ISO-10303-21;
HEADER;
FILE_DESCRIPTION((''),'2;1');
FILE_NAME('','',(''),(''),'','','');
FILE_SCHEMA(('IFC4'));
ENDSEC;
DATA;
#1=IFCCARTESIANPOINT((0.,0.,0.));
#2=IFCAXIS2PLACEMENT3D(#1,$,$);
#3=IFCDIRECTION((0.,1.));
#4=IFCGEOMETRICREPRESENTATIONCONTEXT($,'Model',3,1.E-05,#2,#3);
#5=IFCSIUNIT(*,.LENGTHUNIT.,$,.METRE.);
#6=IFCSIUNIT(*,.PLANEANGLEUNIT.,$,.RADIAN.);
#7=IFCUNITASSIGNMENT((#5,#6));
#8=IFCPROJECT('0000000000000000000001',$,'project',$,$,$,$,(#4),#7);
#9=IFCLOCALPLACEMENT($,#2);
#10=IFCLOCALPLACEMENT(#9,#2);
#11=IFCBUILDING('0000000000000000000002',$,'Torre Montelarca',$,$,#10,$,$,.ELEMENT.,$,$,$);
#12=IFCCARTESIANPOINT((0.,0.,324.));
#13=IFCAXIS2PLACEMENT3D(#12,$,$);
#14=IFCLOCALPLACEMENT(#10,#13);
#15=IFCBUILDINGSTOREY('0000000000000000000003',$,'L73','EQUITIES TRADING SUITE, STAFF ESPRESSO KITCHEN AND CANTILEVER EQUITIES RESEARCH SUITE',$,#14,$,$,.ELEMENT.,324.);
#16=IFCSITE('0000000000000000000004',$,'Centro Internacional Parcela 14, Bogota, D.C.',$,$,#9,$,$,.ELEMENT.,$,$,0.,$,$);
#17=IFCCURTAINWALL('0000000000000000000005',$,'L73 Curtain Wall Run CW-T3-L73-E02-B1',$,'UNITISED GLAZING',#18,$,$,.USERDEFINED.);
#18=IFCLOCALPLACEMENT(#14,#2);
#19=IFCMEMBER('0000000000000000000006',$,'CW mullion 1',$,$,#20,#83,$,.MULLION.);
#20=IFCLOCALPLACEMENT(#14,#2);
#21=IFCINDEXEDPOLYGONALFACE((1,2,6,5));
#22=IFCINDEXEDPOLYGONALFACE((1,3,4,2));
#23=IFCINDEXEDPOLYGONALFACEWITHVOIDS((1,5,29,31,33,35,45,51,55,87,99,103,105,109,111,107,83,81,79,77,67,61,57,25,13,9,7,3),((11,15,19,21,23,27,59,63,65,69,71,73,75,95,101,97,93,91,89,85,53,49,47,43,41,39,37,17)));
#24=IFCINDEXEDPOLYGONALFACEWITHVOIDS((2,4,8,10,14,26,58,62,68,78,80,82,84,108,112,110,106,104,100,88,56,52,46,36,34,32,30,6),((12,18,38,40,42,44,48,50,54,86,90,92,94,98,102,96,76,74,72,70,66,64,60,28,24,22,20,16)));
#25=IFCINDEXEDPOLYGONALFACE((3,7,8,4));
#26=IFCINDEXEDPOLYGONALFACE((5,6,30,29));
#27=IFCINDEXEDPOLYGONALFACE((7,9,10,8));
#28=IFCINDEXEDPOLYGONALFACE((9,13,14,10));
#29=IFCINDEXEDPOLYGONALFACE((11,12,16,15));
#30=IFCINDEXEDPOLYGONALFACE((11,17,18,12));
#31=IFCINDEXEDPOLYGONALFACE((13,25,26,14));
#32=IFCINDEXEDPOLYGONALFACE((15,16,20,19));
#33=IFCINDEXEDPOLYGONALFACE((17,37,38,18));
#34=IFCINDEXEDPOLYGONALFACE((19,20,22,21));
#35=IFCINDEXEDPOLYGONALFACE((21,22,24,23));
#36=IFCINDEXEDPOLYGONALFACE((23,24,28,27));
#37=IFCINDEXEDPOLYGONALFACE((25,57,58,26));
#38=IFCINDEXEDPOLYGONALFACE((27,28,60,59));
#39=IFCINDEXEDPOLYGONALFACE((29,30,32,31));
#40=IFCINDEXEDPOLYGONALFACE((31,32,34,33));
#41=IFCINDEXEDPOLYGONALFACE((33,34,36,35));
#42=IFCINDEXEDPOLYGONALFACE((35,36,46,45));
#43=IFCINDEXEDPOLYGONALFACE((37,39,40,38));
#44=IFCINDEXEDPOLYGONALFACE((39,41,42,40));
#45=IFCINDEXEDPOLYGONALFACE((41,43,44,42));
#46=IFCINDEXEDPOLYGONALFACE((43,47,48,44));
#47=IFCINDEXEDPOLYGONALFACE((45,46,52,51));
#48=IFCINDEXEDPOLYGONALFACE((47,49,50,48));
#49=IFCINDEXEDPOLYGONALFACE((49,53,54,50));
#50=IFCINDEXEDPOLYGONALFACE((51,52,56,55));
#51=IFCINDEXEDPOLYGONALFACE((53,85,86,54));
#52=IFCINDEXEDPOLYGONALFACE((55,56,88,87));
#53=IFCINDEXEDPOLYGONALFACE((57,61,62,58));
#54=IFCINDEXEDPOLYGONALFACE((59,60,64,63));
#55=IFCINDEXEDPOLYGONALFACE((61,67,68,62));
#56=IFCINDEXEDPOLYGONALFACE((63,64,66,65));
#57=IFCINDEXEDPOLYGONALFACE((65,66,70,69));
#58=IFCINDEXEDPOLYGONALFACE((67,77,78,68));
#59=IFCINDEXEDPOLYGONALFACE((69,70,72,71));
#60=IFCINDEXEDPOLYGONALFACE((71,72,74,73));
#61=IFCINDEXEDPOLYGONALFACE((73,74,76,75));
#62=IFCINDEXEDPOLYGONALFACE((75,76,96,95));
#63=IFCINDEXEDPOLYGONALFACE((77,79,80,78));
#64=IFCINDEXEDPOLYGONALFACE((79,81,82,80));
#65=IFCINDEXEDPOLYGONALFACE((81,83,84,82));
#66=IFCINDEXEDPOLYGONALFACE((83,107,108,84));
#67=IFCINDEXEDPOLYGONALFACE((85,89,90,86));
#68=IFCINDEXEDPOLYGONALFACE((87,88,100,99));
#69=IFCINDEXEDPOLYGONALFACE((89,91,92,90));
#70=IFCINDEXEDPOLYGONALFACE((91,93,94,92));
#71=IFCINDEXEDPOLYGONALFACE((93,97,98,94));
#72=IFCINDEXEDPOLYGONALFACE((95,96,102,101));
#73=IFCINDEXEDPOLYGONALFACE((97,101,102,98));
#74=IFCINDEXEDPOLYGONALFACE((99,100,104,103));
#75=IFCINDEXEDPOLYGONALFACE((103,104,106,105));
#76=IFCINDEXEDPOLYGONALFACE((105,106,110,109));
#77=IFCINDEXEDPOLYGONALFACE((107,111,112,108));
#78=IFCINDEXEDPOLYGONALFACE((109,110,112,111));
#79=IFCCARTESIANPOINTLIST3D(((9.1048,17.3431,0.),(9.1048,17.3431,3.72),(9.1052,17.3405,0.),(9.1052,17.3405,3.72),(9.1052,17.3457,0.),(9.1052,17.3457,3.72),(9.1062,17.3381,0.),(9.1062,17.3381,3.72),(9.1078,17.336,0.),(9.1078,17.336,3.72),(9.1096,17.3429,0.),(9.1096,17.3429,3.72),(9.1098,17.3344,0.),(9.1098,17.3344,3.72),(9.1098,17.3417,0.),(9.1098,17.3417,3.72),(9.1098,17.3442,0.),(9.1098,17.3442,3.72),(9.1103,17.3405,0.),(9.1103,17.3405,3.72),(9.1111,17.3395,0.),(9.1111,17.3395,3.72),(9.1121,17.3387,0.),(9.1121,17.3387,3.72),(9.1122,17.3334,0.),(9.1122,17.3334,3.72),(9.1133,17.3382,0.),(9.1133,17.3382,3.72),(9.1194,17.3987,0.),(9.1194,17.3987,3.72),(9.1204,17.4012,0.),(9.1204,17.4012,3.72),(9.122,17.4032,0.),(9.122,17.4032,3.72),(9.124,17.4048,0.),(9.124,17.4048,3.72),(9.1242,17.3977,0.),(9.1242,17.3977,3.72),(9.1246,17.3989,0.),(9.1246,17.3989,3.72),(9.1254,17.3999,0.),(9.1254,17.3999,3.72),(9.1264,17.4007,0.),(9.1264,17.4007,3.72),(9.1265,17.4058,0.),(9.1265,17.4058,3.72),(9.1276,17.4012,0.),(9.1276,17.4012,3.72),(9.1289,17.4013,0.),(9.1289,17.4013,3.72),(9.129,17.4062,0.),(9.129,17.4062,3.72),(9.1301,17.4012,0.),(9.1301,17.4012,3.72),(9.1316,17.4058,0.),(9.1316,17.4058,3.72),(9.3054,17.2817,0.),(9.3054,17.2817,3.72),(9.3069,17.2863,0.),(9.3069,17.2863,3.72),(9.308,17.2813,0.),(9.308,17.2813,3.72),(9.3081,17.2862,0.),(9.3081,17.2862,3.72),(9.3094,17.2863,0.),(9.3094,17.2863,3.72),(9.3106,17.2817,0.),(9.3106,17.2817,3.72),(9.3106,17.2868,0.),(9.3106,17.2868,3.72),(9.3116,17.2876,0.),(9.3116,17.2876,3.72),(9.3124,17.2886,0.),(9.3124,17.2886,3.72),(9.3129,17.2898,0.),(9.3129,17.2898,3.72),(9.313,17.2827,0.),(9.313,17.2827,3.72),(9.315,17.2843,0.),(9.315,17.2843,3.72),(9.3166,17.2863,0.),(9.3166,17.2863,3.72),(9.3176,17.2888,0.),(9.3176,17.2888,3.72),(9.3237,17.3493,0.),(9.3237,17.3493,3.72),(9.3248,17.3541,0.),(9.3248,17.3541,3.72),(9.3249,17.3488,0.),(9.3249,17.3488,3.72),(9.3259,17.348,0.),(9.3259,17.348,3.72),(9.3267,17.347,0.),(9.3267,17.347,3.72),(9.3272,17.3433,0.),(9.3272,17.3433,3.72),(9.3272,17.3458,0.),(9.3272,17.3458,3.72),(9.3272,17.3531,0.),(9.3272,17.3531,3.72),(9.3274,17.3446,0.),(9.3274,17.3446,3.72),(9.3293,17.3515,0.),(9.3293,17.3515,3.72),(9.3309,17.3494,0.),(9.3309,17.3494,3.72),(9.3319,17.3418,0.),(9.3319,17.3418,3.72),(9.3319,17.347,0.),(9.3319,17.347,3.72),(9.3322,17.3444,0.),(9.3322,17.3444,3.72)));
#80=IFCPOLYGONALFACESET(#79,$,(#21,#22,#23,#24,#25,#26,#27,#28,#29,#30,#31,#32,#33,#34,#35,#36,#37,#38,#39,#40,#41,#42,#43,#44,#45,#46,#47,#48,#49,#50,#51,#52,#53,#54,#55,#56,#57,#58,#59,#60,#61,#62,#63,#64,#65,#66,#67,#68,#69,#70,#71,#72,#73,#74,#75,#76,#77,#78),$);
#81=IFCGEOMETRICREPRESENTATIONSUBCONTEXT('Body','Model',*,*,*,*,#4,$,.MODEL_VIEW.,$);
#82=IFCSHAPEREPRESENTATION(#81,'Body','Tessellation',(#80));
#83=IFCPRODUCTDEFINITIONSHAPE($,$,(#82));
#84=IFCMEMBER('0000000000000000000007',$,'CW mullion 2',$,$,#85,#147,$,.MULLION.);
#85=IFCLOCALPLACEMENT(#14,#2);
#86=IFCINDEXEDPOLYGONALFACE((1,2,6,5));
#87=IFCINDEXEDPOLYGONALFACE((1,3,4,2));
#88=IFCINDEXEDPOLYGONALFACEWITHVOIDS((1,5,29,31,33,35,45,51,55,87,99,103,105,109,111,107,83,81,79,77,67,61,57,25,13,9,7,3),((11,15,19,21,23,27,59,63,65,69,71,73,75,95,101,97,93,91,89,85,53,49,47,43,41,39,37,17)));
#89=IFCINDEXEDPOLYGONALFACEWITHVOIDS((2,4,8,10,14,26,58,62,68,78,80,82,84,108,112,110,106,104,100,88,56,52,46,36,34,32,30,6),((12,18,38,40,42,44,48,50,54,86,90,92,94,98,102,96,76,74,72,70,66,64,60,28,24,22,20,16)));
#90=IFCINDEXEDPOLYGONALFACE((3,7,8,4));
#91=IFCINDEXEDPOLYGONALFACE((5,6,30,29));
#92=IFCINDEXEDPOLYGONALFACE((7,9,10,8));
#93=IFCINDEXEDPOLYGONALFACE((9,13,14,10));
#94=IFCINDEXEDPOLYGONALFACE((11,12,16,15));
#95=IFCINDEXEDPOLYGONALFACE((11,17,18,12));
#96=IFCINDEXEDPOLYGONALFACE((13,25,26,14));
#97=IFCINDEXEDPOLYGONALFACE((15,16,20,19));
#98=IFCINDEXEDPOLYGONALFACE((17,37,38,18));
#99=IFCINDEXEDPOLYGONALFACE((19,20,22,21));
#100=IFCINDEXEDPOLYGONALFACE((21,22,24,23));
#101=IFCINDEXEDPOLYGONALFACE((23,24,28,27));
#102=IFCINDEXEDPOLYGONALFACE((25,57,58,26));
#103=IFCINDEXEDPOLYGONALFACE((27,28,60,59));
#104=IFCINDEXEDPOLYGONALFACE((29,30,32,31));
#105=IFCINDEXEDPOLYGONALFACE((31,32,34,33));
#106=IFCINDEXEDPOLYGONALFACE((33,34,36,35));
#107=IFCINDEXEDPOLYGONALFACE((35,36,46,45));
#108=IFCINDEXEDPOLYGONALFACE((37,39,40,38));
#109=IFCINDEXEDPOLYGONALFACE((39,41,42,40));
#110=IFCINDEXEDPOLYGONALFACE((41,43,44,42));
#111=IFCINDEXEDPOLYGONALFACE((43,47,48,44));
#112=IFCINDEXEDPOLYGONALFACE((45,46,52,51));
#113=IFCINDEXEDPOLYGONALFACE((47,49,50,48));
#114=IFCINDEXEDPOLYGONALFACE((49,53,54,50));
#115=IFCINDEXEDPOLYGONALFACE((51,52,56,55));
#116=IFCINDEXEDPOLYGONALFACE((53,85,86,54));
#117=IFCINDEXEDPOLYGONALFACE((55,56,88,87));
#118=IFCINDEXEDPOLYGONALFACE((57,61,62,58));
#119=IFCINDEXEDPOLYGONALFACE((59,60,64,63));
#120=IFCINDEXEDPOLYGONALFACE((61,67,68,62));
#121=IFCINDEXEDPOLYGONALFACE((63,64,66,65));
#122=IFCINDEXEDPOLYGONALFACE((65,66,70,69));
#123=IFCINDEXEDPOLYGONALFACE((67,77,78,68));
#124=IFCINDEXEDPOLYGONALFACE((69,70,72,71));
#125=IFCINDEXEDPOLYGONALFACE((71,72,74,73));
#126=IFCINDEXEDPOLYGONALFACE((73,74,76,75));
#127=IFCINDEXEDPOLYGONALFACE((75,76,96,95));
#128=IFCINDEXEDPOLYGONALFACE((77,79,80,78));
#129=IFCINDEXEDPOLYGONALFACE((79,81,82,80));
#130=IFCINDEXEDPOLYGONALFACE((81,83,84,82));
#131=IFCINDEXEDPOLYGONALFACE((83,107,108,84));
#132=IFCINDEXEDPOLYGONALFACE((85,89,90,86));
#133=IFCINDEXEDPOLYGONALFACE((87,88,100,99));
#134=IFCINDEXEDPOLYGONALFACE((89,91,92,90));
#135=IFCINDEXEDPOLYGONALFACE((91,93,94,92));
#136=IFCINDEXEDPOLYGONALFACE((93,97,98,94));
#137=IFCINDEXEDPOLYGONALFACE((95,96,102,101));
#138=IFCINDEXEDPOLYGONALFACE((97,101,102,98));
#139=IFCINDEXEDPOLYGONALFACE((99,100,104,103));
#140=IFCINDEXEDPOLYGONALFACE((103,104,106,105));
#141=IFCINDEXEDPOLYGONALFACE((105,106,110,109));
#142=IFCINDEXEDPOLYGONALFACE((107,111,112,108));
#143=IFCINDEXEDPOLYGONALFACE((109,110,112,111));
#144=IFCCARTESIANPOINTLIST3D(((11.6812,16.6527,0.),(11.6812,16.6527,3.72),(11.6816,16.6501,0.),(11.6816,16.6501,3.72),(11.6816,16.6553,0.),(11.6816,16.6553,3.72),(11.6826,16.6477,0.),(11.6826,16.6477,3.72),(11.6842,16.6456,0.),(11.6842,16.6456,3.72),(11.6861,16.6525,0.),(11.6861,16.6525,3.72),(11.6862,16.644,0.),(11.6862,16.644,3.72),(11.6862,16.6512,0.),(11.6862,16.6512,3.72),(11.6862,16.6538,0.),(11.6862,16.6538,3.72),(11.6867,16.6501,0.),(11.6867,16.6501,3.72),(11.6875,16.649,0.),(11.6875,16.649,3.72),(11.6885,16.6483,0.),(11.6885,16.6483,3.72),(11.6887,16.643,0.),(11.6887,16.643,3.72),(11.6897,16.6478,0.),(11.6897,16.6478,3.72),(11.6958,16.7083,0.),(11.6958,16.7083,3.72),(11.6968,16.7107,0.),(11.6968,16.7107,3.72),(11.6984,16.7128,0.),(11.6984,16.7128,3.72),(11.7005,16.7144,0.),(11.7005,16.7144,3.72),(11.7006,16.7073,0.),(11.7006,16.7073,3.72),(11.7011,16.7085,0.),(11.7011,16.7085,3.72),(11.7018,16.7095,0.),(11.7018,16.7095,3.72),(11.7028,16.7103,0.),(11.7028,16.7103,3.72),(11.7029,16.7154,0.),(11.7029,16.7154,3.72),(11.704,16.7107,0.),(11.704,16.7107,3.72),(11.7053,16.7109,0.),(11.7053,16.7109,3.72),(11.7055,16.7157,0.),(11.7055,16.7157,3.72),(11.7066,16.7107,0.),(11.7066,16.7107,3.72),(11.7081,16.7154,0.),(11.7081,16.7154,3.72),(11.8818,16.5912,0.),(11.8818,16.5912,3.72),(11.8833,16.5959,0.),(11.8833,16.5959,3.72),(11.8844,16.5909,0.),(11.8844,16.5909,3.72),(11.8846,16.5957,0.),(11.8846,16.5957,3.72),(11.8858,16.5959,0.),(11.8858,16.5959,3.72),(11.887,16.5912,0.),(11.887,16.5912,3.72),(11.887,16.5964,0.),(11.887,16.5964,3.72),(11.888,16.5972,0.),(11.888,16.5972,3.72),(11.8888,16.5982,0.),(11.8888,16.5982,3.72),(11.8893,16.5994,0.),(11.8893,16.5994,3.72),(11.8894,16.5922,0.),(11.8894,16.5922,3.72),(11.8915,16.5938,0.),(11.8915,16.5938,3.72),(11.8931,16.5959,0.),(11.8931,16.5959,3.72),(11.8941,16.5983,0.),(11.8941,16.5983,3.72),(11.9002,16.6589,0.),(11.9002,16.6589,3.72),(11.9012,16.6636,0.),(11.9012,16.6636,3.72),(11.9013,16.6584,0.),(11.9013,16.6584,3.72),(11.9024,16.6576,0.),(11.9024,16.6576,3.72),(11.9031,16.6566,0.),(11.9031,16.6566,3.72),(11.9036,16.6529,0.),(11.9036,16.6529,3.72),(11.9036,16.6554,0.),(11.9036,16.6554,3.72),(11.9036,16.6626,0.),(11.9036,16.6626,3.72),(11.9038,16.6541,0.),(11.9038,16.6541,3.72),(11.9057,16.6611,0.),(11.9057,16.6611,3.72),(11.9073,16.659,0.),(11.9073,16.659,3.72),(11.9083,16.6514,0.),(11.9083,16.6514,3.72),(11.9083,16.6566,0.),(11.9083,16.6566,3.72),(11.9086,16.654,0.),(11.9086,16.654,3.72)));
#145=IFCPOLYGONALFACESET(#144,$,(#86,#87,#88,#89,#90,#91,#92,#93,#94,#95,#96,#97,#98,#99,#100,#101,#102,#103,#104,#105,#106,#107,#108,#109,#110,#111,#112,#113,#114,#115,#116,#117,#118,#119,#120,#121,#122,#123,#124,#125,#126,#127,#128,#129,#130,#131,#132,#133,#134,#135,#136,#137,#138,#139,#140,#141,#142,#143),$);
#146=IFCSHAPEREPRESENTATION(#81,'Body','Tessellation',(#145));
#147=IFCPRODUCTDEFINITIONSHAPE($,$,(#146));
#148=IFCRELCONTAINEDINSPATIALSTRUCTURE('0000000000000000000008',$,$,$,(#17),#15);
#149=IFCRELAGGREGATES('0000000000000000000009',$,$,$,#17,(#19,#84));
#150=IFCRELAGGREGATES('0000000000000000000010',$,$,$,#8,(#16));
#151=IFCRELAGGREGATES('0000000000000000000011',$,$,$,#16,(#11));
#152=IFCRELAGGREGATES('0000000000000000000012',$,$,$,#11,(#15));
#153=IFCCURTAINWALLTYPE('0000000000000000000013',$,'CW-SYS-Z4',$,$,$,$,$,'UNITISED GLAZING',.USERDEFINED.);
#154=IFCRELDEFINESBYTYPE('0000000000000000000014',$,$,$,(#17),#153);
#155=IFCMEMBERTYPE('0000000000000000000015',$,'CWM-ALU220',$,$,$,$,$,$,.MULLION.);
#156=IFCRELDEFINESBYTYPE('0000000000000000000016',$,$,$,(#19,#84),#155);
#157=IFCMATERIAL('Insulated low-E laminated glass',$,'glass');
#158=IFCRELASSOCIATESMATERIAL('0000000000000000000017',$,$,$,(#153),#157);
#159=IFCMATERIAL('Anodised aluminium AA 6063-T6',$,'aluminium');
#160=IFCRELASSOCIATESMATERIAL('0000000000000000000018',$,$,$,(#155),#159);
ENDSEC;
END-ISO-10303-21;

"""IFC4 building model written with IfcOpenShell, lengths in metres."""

from ifc_helpers import new_model, si_unit, direction, frame, origin, origin_2d, place, context, subcontext, project, spatial, hollow_rectangle, extrude, source, transform, mapped, material, material_profile, profile_set, type_object, element, aggregate, save


model = new_model("IFC4")

# Units and contexts
model_context = context("Model", 3, precision=1e-05, world=origin(), true_north=direction((0.0, 1.0)))
body_context = subcontext(model_context, "Body", "Model", "MODEL_VIEW")
ifc_project = project(units=[si_unit("LENGTHUNIT", "METRE"), si_unit("PLANEANGLEUNIT", "RADIAN")], contexts=[model_context])

# Site, building, storey
site_placement = place(None, origin())
site = spatial("IfcSite", under=ifc_project, at=site_placement, Name="Centro Internacional Parcela 14, Bogota, D.C.", CompositionType="ELEMENT", RefElevation=0.0)
building_placement = place(site_placement, origin())
building = spatial("IfcBuilding", under=site, at=building_placement, Name="Torre Montelarca", CompositionType="ELEMENT")
storey_placement = place(building_placement, frame((0.0, 0.0, 324.0)))
storey = spatial("IfcBuildingStorey", under=building, at=storey_placement, Name="L73", Description="EQUITIES TRADING SUITE, STAFF ESPRESSO KITCHEN AND CANTILEVER EQUITIES RESEARCH SUITE", CompositionType="ELEMENT", Elevation=324.0)

# Curtain wall, members
ifc_material_1 = material(Name="Insulated low-E laminated glass", Category="glass")
curtain_wall_type = type_object("IfcCurtainWallType", Name="CW-SYS-Z4", ElementType="UNITISED GLAZING", PredefinedType="USERDEFINED", material=ifc_material_1)
ifc_material_2 = material(Name="Anodised aluminium AA 6063-T6", Category="aluminium")
ifc_material_profile_1 = material_profile(ifc_material_2, hollow_rectangle(XDim=0.075, YDim=0.22, WallThickness=0.0049, InnerFilletRadius=0.0049, OuterFilletRadius=0.01, at=origin_2d()), Name="ALU75X220X5", Category="aluminium")
ifc_profile_set_1 = profile_set([ifc_material_profile_1], Name="Anodised aluminium AA 6063-T6")
member_type_1 = type_object("IfcMemberType", Name="CWM-ALU220", PredefinedType="MULLION", material=ifc_profile_set_1)
shared_shape_1 = source(origin(), body_context, "Body", "SweptSolid", [
    extrude(hollow_rectangle(XDim=0.075, YDim=0.22, WallThickness=0.0049, InnerFilletRadius=0.0049, OuterFilletRadius=0.01, at=origin_2d()), origin(), (0.0, 0.0, 1.0), 3.72),
])
curtain_wall_1_placement = place(storey_placement, origin())
curtain_wall_1 = element("IfcCurtainWall", 1, at=curtain_wall_1_placement, inside=storey, type_object=curtain_wall_type, Name="L73 Curtain Wall Run CW-T3-L73-E02-B1", ObjectType="UNITISED GLAZING", PredefinedType="USERDEFINED")
member_1_placement = place(storey_placement, frame((9.2185, 17.3438, 0.0), z_axis=(0.0, 0.0, 1.0), x_axis=(0.25882, 0.965926, 0.0)))
member_1 = element("IfcMember", 2, at=member_1_placement, type_object=member_type_1, Name="CW mullion 1", PredefinedType="MULLION", context=body_context, shape_type="MappedRepresentation", body=[
    mapped(shared_shape_1, transform((0.0, 0.0, 0.0), scale=1.0)),
])
member_2_placement = place(storey_placement, frame((11.7949, 16.6533, 0.0), z_axis=(0.0, 0.0, 1.0), x_axis=(0.25882, 0.965926, 0.0)))
member_2 = element("IfcMember", 3, at=member_2_placement, type_object=member_type_1, Name="CW mullion 2", PredefinedType="MULLION", context=body_context, shape_type="MappedRepresentation", body=[
    mapped(shared_shape_1, transform((0.0, 0.0, 0.0), scale=1.0)),
])

aggregate(curtain_wall_1, [member_1, member_2])

save(model, "model.ifc")
